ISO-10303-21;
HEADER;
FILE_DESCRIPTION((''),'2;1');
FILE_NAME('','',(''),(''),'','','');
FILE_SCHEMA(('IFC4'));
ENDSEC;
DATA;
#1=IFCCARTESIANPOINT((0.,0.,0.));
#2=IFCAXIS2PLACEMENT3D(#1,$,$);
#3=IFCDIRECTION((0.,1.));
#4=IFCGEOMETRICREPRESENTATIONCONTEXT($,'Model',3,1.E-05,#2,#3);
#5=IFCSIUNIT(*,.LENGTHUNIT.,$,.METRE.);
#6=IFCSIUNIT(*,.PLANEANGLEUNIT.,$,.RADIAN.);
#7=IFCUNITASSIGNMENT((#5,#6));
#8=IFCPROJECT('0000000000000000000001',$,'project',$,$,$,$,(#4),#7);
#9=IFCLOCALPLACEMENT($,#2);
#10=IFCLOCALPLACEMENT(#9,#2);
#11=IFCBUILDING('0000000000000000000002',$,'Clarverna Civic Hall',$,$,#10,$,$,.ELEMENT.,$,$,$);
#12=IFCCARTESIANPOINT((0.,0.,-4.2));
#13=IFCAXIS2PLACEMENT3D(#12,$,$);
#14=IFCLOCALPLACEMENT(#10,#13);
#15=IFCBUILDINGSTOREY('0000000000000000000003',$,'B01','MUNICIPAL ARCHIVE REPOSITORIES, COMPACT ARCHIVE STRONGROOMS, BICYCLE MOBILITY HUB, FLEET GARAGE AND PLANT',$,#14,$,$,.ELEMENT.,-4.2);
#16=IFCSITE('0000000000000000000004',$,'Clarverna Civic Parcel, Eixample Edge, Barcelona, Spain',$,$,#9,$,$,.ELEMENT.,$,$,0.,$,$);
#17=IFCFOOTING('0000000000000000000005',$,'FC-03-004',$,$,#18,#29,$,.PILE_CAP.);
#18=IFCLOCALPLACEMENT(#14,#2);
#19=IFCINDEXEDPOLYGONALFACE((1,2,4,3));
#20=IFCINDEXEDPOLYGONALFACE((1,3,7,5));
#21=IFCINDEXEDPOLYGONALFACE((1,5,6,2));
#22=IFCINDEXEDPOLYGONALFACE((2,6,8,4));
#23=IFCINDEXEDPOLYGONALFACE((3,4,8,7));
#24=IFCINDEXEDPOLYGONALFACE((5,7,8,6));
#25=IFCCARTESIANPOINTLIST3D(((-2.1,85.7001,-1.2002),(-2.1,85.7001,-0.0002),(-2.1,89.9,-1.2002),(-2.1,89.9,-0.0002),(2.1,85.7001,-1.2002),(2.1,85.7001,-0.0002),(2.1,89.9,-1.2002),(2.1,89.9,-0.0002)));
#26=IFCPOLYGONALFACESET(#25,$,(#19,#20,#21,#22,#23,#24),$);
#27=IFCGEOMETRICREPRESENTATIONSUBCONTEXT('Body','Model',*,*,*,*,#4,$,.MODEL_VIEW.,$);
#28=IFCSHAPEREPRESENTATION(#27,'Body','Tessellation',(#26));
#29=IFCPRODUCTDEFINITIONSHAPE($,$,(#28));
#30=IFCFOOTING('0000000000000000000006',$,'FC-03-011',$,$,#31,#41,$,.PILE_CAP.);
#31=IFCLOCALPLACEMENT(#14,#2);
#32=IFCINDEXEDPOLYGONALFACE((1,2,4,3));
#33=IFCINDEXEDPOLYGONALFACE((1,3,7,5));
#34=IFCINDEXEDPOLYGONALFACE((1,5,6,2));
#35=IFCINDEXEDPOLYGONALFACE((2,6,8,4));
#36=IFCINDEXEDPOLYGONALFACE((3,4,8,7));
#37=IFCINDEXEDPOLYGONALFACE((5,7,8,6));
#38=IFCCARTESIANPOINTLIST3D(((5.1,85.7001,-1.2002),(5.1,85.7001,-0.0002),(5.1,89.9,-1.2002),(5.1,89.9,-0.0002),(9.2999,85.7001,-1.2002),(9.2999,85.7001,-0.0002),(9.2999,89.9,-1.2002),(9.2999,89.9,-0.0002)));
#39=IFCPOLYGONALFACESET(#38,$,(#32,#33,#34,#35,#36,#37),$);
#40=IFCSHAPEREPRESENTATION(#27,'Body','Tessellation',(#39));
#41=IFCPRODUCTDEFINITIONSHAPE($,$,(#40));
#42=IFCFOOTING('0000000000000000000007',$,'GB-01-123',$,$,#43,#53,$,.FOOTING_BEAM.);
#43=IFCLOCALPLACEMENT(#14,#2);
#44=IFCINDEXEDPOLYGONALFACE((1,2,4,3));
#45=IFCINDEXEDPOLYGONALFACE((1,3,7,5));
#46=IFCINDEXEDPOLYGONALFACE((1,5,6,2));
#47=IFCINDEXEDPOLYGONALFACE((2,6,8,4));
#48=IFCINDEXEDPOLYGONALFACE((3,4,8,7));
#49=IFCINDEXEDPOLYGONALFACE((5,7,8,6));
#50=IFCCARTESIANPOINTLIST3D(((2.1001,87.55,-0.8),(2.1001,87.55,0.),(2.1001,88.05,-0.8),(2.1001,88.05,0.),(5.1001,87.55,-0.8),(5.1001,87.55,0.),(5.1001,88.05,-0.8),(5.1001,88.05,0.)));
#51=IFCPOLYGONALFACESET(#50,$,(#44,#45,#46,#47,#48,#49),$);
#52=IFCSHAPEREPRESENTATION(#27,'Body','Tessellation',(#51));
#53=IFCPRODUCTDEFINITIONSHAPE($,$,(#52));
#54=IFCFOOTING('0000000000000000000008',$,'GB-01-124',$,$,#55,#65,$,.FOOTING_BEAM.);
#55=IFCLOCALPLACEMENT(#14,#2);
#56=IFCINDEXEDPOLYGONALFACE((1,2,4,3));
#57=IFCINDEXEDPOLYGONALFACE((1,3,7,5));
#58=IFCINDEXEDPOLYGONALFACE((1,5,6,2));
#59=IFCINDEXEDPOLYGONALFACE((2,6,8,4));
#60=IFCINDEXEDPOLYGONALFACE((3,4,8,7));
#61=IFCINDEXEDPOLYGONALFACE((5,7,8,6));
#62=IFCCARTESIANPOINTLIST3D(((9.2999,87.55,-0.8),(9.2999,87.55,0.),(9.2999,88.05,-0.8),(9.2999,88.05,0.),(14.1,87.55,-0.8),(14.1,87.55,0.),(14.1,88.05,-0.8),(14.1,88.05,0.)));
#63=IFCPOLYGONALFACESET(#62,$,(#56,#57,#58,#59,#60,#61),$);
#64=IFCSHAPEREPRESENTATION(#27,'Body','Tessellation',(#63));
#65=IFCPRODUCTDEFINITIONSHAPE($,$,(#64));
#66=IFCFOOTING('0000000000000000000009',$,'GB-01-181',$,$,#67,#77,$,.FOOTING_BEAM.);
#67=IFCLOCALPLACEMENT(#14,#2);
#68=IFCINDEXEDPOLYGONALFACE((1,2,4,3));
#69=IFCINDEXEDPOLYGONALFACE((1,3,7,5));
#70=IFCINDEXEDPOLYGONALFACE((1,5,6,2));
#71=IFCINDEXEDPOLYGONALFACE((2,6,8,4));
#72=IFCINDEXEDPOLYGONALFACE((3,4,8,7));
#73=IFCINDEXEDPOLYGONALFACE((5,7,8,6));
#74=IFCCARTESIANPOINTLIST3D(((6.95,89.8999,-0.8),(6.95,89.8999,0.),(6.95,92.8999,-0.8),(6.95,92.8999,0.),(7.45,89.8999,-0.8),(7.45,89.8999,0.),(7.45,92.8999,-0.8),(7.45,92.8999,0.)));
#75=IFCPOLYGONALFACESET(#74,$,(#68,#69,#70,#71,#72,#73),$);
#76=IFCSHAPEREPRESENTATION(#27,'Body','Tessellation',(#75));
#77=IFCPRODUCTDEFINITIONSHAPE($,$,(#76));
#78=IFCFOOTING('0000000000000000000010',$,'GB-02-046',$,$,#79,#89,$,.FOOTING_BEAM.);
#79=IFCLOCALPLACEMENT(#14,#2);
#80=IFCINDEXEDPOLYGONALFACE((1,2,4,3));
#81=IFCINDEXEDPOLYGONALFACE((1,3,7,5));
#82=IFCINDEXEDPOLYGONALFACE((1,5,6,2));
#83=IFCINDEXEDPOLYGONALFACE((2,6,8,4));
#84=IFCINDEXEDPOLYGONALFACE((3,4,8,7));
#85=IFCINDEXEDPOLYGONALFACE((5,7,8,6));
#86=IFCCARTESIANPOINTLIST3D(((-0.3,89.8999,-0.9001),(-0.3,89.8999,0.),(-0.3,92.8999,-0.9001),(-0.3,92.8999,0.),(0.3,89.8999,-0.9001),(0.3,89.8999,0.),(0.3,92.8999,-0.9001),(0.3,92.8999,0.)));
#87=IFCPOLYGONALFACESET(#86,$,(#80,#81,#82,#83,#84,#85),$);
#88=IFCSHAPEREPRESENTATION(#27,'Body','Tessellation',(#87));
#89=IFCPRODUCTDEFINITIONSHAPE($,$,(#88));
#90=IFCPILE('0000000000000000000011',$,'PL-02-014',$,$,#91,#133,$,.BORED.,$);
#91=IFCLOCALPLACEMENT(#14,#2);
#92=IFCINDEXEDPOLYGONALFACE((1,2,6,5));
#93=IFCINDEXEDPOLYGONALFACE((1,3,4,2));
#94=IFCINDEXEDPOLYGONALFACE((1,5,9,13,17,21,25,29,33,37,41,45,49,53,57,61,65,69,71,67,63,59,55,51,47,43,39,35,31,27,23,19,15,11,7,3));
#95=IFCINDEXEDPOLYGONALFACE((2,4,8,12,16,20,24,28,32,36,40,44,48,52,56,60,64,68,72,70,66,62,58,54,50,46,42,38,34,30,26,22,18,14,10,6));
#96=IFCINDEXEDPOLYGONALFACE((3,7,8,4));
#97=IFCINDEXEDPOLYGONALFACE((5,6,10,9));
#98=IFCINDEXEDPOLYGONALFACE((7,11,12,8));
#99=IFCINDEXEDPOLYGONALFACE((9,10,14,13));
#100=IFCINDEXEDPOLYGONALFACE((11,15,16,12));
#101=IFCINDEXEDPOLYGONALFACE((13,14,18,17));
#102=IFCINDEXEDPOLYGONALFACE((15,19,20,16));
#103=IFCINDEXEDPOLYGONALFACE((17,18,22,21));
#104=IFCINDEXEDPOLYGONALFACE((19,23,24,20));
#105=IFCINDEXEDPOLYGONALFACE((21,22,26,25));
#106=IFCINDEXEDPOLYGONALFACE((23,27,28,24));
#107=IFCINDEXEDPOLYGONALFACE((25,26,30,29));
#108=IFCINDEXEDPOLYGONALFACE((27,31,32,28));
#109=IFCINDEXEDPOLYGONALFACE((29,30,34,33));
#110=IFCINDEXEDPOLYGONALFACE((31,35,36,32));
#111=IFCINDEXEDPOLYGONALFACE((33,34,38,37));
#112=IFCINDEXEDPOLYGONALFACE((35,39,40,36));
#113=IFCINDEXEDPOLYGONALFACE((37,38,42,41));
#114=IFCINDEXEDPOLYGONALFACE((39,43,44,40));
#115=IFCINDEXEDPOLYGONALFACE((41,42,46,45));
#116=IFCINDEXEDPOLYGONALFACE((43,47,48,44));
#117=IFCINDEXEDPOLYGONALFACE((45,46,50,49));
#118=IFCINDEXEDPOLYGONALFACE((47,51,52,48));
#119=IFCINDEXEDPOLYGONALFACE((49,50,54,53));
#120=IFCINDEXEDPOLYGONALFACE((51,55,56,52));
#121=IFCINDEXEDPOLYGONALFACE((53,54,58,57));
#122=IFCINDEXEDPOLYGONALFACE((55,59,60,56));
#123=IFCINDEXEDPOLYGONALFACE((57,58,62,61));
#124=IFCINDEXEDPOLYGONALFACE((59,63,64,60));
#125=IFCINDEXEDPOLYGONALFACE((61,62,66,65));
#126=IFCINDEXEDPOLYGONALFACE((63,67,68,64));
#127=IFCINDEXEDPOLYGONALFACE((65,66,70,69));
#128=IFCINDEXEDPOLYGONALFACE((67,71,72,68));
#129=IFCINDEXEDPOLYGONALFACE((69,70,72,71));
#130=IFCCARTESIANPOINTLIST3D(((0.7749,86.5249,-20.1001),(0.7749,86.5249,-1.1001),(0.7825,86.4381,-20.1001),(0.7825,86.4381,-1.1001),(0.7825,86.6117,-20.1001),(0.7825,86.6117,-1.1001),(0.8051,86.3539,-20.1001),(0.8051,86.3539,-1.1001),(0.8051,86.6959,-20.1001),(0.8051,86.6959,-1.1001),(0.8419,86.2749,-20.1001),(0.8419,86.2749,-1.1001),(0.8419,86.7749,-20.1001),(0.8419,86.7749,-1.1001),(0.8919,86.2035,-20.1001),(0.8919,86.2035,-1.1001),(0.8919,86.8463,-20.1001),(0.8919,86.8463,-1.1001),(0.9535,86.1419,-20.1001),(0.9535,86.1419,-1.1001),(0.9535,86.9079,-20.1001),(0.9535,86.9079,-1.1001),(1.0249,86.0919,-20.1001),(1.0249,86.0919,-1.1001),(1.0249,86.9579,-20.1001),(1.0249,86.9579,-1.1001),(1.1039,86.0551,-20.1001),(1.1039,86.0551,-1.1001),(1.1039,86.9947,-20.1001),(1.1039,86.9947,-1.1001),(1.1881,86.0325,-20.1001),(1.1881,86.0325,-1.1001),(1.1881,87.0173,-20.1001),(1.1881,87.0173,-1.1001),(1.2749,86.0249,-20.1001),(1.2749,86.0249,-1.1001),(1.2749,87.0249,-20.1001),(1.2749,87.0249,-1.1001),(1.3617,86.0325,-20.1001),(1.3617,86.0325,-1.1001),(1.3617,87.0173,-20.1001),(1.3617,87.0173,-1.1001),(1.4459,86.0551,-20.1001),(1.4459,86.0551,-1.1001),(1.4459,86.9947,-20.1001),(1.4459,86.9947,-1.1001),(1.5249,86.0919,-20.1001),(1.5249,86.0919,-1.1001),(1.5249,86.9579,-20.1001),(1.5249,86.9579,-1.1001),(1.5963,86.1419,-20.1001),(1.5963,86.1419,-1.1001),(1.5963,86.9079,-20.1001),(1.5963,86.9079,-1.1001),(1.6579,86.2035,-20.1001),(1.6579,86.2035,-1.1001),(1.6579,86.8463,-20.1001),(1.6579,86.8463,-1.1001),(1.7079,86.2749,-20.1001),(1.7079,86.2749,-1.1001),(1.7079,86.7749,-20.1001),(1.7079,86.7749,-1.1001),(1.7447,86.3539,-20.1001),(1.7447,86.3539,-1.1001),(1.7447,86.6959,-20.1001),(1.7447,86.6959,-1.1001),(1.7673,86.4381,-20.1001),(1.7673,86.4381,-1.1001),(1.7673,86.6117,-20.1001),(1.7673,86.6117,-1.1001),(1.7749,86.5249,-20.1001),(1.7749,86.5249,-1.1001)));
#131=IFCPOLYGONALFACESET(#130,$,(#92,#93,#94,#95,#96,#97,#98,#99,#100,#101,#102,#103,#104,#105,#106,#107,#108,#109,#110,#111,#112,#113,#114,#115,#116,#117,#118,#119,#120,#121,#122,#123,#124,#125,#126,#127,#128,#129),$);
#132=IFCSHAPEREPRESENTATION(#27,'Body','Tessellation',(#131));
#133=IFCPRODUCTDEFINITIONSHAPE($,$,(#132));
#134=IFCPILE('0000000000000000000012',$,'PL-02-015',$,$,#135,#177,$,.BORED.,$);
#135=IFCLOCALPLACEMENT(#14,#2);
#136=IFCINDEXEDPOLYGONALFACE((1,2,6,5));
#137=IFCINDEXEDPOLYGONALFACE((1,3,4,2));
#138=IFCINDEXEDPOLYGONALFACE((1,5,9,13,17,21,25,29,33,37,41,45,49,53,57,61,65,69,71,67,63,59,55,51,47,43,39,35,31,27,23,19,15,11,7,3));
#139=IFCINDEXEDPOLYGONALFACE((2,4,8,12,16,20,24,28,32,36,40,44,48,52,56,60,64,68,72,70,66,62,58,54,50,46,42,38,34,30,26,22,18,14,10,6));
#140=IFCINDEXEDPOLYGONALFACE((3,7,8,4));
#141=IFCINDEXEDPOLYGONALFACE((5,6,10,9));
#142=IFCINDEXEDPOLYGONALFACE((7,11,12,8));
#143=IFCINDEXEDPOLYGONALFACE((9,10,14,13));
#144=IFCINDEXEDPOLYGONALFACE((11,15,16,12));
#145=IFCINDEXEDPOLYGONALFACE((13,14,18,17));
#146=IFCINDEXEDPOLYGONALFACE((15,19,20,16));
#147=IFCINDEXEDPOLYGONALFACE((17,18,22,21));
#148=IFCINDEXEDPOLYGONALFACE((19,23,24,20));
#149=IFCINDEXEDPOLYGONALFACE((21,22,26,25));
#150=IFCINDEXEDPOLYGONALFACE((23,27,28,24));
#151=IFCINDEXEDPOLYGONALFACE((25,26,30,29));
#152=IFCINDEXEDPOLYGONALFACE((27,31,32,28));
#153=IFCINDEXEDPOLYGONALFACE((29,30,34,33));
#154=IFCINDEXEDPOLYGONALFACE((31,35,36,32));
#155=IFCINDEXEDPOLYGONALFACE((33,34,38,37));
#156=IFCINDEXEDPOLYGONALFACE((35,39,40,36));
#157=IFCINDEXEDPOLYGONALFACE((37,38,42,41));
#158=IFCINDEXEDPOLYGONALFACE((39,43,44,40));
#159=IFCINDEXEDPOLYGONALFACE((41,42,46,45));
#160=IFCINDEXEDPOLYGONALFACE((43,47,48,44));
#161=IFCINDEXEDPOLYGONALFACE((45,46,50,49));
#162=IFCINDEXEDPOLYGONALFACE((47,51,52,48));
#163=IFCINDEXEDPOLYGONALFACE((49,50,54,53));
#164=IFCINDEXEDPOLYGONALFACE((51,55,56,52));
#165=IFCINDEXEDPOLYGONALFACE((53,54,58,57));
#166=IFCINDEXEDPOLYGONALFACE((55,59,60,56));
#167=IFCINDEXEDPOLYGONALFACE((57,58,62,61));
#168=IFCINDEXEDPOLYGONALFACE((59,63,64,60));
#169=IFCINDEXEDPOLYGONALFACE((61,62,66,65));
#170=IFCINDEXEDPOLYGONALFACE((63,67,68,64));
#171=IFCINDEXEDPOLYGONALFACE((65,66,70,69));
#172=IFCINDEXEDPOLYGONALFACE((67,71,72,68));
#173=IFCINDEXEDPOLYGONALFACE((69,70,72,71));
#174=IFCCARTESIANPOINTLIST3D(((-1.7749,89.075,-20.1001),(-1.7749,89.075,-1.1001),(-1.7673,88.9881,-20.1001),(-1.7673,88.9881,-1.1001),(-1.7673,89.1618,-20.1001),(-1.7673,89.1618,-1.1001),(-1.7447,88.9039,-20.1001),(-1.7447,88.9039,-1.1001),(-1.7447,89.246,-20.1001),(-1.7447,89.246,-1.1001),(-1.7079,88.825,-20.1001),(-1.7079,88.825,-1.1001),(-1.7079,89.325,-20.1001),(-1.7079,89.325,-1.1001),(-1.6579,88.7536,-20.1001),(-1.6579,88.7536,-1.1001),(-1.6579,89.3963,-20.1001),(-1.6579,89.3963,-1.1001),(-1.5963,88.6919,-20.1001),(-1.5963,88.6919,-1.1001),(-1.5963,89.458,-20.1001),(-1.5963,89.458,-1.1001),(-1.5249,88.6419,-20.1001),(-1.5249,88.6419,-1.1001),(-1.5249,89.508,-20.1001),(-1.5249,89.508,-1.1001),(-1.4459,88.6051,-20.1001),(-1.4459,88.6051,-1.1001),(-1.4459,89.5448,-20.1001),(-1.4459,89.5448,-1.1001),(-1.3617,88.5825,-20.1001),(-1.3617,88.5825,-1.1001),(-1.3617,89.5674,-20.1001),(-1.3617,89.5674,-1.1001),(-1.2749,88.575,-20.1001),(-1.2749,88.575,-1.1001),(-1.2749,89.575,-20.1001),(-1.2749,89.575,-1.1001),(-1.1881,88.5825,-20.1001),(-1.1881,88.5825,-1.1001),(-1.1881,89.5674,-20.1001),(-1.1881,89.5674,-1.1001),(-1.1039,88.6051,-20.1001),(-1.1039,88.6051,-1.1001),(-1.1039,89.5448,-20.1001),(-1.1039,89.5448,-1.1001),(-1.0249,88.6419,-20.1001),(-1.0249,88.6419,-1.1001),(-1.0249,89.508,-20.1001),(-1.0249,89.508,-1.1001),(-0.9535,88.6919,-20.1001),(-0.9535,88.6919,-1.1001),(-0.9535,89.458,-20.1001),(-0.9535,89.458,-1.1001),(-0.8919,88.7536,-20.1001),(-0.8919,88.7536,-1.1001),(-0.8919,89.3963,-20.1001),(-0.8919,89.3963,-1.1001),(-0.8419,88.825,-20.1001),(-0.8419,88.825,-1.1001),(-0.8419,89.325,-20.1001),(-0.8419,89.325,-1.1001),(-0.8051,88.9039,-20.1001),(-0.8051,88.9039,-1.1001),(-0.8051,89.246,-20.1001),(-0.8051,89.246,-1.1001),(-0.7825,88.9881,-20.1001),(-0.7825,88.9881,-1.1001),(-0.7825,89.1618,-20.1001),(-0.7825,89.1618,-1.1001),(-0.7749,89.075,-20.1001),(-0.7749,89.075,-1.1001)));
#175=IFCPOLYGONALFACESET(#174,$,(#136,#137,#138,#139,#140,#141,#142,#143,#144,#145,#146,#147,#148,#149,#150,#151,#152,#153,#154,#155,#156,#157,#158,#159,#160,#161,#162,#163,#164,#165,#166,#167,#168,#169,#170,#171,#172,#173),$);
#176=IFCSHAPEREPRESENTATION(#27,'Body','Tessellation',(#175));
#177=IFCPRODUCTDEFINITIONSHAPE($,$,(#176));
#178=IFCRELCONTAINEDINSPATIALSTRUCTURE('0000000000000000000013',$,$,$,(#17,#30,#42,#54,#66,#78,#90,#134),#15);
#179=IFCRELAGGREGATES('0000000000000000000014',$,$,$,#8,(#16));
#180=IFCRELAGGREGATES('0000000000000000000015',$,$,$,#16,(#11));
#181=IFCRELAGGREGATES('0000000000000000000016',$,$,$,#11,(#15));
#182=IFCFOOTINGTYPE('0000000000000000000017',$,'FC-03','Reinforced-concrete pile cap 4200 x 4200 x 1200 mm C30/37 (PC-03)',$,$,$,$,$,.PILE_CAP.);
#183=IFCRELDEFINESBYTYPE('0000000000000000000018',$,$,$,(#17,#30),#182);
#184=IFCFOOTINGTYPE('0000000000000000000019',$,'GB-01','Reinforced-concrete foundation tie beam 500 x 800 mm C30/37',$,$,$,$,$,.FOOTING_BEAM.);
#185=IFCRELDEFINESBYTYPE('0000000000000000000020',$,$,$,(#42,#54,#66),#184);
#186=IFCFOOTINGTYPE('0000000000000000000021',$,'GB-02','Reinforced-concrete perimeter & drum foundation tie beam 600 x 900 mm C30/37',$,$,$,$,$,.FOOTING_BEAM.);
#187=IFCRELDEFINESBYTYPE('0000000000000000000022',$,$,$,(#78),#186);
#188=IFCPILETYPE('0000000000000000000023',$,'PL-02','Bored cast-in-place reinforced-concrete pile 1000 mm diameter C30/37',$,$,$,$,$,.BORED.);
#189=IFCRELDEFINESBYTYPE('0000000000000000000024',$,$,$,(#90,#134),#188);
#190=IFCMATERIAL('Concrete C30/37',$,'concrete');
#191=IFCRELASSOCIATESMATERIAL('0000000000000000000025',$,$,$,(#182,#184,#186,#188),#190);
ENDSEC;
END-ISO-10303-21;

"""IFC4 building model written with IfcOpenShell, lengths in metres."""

from ifc_helpers import new_model, si_unit, direction, frame, frame_2d, origin, origin_2d, place, context, subcontext, project, spatial, rectangle, circle, extrude, material, material_profile, profile_set, type_object, element, save


model = new_model("IFC4")

# Units and contexts
model_context = context("Model", 3, precision=1e-05, world=origin(), true_north=direction((0.0, 1.0)))
body_context = subcontext(model_context, "Body", "Model", "MODEL_VIEW")
ifc_project = project(units=[si_unit("LENGTHUNIT", "METRE"), si_unit("PLANEANGLEUNIT", "RADIAN")], contexts=[model_context])

# Site, building, storey
site_placement = place(None, origin())
site = spatial("IfcSite", under=ifc_project, at=site_placement, Name="Clarverna Civic Parcel, Eixample Edge, Barcelona, Spain", CompositionType="ELEMENT", RefElevation=0.0)
building_placement = place(site_placement, origin())
building = spatial("IfcBuilding", under=site, at=building_placement, Name="Clarverna Civic Hall", CompositionType="ELEMENT")
storey_placement = place(building_placement, frame((0.0, 0.0, -4.2)))
storey = spatial("IfcBuildingStorey", under=building, at=storey_placement, Name="B01", Description="MUNICIPAL ARCHIVE REPOSITORIES, COMPACT ARCHIVE STRONGROOMS, BICYCLE MOBILITY HUB, FLEET GARAGE AND PLANT", CompositionType="ELEMENT", Elevation=-4.2)

# Footings
ifc_material_1 = material(Name="Concrete C30/37", Category="concrete")
footing_type_1 = type_object("IfcFootingType", Name="FC-03", Description="Reinforced-concrete pile cap 4200 x 4200 x 1200 mm C30/37 (PC-03)", PredefinedType="PILE_CAP", material=ifc_material_1)
for number, where, z_axis, x_axis, name in (
    (1, (0.0, 87.8, -1.2002), (0.0, 0.0, 1.0), (1.0, 0.0, 0.0), "FC-03-004"),
    (2, (7.2, 87.8, -1.2002), (0.0, 0.0, 1.0), (1.0, 0.0, 0.0), "FC-03-011"),
):
    element("IfcFooting", number, at=place(storey_placement, frame(where, z_axis=z_axis, x_axis=x_axis)), inside=storey, type_object=footing_type_1, Name=name, PredefinedType="PILE_CAP", context=body_context, shape_type="SweptSolid", body=[
        extrude(rectangle(XDim=4.2, YDim=4.2, at=origin_2d()), origin(), (0.0, 0.0, 1.0), 1.2),
    ])
footing_type_2 = type_object("IfcFootingType", Name="GB-01", Description="Reinforced-concrete foundation tie beam 500 x 800 mm C30/37", PredefinedType="FOOTING_BEAM", material=ifc_material_1)
footing_1_placement = place(storey_placement, frame((2.1001, 87.8, -0.8), z_axis=(0.0, 0.0, 1.0), x_axis=(1.0, 0.0, 0.0)))
element("IfcFooting", 3, at=footing_1_placement, inside=storey, type_object=footing_type_2, Name="GB-01-123", PredefinedType="FOOTING_BEAM", context=body_context, shape_type="SweptSolid", body=[
    extrude(rectangle(XDim=3.0, YDim=0.5, at=frame_2d((1.5, 0.0))), origin(), (0.0, 0.0, 1.0), 0.8),
])
footing_2_placement = place(storey_placement, frame((9.3, 87.8, -0.8), z_axis=(0.0, 0.0, 1.0), x_axis=(1.0, 0.0, 0.0)))
element("IfcFooting", 4, at=footing_2_placement, inside=storey, type_object=footing_type_2, Name="GB-01-124", PredefinedType="FOOTING_BEAM", context=body_context, shape_type="SweptSolid", body=[
    extrude(rectangle(XDim=4.8, YDim=0.5, at=frame_2d((2.3999, 0.0))), origin(), (0.0, 0.0, 1.0), 0.8),
])
footing_3_placement = place(storey_placement, frame((7.2, 89.8999, -0.8), z_axis=(0.0, 0.0, 1.0), x_axis=(0.0, 1.0, 0.0)))
element("IfcFooting", 5, at=footing_3_placement, inside=storey, type_object=footing_type_2, Name="GB-01-181", PredefinedType="FOOTING_BEAM", context=body_context, shape_type="SweptSolid", body=[
    extrude(rectangle(XDim=3.0, YDim=0.5, at=frame_2d((1.5, 0.0))), origin(), (0.0, 0.0, 1.0), 0.8),
])
footing_type_3 = type_object("IfcFootingType", Name="GB-02", Description="Reinforced-concrete perimeter & drum foundation tie beam 600 x 900 mm C30/37", PredefinedType="FOOTING_BEAM", material=ifc_material_1)
footing_4_placement = place(storey_placement, frame((0.0, 89.8999, -0.9001), z_axis=(0.0, 0.0, 1.0), x_axis=(0.0, 1.0, 0.0)))
element("IfcFooting", 6, at=footing_4_placement, inside=storey, type_object=footing_type_3, Name="GB-02-046", PredefinedType="FOOTING_BEAM", context=body_context, shape_type="SweptSolid", body=[
    extrude(rectangle(XDim=3.0, YDim=0.6001, at=frame_2d((1.5, 0.0))), origin(), (0.0, 0.0, 1.0), 0.9001),
])

# Piles
ifc_material_profile_1 = material_profile(ifc_material_1, circle(Radius=0.5, at=origin_2d()), Name="BORED PILE D1000")
ifc_profile_set_1 = profile_set([ifc_material_profile_1], Name="Concrete C30/37")
pile_type = type_object("IfcPileType", Name="PL-02", Description="Bored cast-in-place reinforced-concrete pile 1000 mm diameter C30/37", PredefinedType="BORED", material=ifc_profile_set_1)
for number, where, z_axis, x_axis, name in (
    (7, (1.2749, 86.5249, -1.1001), (0.0, 0.0, -1.0), (1.0, 0.0, 0.0), "PL-02-014"),
    (8, (-1.2749, 89.075, -1.1001), (0.0, 0.0, -1.0), (1.0, 0.0, 0.0), "PL-02-015"),
):
    element("IfcPile", number, at=place(storey_placement, frame(where, z_axis=z_axis, x_axis=x_axis)), inside=storey, type_object=pile_type, Name=name, PredefinedType="BORED", context=body_context, shape_type="SweptSolid", body=[
        extrude(circle(Radius=0.5, at=origin_2d()), origin(), (0.0, 0.0, 1.0), 19.0),
    ])

save(model, "model.ifc")
